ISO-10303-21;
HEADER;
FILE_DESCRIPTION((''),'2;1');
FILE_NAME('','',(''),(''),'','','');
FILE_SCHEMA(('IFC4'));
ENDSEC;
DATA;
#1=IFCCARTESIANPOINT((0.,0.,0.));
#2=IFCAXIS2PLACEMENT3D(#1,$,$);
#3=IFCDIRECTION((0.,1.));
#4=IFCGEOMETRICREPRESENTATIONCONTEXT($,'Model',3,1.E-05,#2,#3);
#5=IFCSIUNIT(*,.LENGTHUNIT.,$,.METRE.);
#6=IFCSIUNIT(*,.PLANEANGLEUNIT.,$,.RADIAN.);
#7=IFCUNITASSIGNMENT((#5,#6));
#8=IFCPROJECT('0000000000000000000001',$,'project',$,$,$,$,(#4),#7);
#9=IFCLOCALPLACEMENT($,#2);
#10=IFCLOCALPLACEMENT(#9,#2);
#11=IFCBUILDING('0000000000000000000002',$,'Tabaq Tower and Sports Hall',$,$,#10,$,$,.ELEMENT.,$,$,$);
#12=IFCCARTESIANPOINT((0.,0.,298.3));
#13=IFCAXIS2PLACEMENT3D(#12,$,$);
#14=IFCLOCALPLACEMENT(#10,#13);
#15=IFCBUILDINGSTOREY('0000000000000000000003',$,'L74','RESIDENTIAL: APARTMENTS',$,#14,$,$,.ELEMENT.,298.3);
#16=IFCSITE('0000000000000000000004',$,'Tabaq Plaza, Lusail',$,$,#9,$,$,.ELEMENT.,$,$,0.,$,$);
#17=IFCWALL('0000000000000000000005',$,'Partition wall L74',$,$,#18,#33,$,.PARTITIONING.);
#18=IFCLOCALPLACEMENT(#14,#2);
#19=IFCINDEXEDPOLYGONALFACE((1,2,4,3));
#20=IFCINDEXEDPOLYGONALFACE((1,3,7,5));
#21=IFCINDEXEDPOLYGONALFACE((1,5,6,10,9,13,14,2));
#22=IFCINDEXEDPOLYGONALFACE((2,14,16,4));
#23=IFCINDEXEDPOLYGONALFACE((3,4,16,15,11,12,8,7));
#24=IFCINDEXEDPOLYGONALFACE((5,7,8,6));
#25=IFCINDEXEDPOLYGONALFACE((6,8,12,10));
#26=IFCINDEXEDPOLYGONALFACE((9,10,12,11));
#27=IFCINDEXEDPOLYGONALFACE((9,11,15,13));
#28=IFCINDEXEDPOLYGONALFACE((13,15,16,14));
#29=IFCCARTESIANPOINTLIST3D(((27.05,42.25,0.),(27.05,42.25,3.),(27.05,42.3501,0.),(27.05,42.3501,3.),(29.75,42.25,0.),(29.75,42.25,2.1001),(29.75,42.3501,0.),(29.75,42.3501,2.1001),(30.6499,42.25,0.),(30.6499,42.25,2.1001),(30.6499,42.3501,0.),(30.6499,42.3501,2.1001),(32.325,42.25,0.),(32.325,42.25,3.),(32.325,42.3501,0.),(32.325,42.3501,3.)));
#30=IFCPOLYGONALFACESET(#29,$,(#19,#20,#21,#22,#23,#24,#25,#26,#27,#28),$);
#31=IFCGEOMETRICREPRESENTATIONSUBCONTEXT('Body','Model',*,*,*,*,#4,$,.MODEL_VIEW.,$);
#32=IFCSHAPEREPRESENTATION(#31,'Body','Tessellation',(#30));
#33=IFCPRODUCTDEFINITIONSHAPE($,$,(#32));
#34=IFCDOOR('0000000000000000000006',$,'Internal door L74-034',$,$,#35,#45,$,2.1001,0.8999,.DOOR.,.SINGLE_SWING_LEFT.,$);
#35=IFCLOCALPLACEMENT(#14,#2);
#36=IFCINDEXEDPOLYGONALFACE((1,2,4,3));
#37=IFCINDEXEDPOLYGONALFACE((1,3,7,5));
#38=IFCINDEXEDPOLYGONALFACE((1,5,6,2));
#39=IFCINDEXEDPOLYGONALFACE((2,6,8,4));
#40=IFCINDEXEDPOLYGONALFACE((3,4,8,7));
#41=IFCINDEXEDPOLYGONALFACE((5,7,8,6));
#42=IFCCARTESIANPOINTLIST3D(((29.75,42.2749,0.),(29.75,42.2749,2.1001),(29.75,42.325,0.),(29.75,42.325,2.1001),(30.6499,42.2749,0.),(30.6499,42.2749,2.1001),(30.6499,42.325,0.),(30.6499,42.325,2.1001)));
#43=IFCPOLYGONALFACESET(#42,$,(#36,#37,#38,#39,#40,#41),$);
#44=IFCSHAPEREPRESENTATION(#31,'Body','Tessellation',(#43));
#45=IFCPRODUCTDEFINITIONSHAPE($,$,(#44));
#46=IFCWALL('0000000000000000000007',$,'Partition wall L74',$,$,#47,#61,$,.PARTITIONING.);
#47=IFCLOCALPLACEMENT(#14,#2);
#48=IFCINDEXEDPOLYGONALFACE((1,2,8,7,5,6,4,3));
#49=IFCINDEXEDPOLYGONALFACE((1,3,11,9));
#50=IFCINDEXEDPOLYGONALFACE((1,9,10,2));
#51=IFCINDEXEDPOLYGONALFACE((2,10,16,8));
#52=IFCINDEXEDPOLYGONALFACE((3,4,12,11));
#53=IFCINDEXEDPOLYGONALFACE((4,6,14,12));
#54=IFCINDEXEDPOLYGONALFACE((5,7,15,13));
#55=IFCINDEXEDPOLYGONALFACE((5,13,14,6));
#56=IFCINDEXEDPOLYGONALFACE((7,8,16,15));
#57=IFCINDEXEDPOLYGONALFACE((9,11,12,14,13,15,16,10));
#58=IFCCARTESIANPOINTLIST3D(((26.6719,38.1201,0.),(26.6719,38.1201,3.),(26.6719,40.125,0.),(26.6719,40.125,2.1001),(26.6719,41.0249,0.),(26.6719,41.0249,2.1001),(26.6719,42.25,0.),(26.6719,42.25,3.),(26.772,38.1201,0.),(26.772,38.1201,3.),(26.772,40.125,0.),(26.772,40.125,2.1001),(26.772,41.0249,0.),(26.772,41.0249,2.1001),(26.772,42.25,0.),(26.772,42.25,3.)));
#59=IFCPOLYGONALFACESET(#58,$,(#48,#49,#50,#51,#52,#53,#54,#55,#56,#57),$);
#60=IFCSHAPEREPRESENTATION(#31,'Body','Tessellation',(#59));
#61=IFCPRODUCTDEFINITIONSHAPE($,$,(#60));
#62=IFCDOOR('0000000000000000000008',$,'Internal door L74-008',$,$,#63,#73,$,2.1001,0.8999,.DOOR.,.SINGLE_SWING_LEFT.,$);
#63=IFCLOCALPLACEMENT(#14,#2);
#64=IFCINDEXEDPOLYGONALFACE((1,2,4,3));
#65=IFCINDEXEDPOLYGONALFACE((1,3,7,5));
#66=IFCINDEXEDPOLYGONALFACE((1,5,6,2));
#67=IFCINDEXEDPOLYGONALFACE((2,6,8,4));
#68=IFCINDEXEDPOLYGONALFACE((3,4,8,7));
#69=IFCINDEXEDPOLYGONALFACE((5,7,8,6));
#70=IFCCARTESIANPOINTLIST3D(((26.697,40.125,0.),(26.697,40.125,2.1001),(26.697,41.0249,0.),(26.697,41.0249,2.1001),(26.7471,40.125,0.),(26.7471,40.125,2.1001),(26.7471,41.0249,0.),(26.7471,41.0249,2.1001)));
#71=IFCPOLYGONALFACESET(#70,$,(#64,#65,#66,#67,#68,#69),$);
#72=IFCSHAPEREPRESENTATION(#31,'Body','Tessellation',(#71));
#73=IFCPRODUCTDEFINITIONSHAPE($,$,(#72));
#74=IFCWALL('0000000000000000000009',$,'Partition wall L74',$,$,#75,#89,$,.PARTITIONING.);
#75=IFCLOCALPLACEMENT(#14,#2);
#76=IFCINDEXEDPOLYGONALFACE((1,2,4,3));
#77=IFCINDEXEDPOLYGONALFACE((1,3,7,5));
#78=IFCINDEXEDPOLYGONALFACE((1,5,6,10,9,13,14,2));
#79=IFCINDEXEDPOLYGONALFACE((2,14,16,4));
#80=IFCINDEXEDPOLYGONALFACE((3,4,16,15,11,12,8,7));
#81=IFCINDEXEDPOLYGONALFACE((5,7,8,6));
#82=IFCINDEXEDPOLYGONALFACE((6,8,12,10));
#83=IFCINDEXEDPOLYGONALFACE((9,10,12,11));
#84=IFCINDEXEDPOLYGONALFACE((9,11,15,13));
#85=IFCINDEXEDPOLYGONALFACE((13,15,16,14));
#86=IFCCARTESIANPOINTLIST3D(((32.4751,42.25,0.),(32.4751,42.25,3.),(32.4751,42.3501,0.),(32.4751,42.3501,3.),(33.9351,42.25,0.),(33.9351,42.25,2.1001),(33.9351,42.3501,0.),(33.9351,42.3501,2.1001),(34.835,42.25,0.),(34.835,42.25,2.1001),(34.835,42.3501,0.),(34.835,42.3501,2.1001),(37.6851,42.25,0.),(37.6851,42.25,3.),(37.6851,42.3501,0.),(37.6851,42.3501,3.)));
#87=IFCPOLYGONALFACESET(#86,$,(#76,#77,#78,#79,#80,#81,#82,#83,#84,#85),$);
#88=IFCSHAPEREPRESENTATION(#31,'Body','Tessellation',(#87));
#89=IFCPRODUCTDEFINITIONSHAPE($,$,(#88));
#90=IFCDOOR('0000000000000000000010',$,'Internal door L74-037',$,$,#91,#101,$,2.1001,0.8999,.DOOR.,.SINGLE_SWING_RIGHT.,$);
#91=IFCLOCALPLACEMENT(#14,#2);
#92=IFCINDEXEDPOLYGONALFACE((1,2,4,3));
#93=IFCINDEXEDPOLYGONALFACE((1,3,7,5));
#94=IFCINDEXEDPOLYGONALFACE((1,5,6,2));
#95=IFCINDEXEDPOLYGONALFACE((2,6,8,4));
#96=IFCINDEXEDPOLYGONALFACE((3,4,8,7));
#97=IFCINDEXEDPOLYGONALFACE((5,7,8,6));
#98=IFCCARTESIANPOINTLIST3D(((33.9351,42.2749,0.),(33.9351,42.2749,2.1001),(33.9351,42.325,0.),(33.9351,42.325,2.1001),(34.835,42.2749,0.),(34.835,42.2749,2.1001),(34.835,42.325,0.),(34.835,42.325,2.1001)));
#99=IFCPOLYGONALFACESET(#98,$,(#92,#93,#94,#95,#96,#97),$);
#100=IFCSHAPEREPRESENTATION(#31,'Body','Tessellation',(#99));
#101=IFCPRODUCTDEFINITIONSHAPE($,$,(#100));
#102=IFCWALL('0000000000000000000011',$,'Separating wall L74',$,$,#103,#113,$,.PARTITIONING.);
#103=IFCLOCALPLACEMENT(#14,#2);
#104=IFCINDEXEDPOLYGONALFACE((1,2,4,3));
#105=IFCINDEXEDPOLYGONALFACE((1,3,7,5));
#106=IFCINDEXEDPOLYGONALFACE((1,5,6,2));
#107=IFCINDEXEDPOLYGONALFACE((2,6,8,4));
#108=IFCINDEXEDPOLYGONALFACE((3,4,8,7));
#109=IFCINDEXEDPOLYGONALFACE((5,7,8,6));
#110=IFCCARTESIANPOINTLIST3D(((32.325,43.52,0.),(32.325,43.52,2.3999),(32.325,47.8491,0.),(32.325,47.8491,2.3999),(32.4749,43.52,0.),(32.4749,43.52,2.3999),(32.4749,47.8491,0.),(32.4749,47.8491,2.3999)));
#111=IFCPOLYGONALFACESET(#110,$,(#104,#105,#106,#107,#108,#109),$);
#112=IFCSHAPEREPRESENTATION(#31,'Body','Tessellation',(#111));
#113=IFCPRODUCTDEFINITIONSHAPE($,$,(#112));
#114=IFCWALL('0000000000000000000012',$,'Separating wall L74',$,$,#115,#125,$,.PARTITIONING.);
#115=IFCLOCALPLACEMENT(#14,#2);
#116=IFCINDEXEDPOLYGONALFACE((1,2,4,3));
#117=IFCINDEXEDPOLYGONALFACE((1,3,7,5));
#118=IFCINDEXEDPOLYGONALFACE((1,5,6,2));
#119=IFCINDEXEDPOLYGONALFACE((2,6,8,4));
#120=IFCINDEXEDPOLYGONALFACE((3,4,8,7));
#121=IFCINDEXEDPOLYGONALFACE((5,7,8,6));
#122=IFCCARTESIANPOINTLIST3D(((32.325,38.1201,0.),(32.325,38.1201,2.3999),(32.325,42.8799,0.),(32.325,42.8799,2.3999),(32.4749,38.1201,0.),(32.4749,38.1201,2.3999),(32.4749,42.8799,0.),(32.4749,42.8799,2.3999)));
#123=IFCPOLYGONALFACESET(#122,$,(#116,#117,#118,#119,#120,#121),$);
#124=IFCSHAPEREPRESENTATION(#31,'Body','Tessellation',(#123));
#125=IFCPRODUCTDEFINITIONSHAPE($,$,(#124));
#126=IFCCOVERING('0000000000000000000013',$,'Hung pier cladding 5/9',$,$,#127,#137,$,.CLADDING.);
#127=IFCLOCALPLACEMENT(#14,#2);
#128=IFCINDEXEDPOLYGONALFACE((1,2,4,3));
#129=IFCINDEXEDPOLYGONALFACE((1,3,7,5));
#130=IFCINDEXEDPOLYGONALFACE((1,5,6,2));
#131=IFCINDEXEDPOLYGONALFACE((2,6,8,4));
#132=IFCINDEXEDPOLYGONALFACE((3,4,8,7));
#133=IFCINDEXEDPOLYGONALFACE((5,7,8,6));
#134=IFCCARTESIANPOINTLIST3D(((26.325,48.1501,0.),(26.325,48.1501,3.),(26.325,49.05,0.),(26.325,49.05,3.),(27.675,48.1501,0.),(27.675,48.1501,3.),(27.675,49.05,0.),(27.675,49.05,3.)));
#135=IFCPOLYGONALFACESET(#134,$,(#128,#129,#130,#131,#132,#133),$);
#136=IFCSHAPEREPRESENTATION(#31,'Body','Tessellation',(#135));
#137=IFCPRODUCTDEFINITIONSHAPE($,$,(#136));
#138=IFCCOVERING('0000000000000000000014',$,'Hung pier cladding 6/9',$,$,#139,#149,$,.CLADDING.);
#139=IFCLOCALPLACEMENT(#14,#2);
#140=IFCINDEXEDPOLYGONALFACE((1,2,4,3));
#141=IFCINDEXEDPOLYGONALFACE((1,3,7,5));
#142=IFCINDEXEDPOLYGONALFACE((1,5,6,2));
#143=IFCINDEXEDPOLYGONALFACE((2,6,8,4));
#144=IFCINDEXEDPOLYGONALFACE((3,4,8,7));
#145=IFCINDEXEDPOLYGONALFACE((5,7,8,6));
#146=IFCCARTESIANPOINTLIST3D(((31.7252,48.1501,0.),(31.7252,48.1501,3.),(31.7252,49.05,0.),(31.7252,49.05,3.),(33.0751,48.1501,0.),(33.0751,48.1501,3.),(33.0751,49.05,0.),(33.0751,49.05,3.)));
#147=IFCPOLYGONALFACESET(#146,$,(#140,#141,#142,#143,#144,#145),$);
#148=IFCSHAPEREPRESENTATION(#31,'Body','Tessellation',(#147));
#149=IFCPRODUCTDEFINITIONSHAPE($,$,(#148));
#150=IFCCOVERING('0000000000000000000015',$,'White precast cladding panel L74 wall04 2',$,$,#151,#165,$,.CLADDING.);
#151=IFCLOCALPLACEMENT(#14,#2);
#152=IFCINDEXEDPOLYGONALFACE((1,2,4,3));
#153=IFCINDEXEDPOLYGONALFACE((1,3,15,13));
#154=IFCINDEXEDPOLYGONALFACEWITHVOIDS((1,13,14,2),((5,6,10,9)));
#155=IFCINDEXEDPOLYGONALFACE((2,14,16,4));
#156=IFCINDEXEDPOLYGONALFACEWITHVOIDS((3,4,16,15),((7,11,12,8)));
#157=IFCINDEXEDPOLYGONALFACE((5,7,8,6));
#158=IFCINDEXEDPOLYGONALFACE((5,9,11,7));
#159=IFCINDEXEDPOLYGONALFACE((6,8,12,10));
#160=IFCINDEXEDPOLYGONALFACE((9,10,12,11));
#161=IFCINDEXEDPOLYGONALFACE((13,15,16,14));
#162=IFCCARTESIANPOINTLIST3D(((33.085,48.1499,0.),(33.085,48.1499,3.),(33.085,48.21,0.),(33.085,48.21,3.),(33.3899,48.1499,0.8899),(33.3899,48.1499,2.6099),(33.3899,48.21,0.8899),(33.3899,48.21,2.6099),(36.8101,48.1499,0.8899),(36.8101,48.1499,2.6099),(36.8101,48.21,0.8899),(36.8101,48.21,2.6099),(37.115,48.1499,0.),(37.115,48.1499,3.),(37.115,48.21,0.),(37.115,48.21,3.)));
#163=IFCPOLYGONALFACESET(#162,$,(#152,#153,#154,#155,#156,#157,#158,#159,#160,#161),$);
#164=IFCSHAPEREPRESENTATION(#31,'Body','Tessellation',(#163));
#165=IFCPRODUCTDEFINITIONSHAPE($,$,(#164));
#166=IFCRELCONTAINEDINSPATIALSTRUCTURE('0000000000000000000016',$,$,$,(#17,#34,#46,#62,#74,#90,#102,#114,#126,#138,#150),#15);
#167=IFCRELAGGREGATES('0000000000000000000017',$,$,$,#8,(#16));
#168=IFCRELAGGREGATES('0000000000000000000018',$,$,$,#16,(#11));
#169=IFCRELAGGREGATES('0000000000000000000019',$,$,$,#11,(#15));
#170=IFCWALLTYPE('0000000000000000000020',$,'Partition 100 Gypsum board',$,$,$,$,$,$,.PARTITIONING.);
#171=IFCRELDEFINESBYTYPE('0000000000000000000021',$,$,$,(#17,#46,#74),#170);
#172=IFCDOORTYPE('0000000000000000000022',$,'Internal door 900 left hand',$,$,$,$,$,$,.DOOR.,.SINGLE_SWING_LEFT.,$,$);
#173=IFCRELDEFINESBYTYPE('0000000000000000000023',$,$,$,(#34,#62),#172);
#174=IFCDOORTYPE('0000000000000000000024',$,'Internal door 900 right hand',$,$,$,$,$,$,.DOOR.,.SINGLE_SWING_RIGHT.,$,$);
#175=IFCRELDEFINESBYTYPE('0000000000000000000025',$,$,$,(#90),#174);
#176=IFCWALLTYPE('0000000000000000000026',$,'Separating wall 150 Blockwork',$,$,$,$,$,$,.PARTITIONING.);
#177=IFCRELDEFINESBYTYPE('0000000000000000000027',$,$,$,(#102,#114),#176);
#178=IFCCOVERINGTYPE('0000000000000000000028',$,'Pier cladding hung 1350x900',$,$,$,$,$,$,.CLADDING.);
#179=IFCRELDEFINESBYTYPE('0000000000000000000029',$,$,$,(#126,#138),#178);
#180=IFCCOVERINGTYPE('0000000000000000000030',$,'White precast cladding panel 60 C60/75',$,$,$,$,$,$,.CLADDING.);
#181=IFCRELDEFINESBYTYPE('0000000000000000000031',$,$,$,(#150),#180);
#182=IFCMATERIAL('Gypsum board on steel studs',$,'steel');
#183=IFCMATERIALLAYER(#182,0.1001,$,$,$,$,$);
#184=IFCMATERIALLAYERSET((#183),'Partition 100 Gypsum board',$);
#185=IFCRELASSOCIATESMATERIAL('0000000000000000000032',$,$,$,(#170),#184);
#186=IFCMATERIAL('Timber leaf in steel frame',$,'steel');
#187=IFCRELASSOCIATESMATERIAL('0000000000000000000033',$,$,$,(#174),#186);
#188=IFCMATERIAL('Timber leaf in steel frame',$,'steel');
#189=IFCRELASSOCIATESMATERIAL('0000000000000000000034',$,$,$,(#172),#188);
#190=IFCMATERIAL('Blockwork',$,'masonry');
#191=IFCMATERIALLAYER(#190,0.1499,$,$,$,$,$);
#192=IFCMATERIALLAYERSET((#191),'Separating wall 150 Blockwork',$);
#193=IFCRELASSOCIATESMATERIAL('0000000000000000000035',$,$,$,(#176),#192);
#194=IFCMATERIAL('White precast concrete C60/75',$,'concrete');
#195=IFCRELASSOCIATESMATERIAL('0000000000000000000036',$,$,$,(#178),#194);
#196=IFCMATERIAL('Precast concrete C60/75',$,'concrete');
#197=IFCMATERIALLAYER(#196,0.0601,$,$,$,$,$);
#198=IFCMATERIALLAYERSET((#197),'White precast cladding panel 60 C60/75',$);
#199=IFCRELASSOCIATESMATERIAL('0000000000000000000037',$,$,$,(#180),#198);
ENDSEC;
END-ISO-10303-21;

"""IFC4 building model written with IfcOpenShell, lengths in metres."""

from ifc_helpers import new_model, si_unit, direction, frame, frame_2d, origin, place, context, subcontext, project, spatial, polyline, rectangle, outline, extrude, material, layer, layer_set, type_object, element, fill, save


model = new_model("IFC4")

# Units and contexts
model_context = context("Model", 3, precision=1e-05, world=origin(), true_north=direction((0.0, 1.0)))
body_context = subcontext(model_context, "Body", "Model", "MODEL_VIEW")
ifc_project = project(units=[si_unit("LENGTHUNIT", "METRE"), si_unit("PLANEANGLEUNIT", "RADIAN")], contexts=[model_context])

# Site, building, storey
site_placement = place(None, origin())
site = spatial("IfcSite", under=ifc_project, at=site_placement, Name="Tabaq Plaza, Lusail", CompositionType="ELEMENT", RefElevation=0.0)
building_placement = place(site_placement, origin())
building = spatial("IfcBuilding", under=site, at=building_placement, Name="Tabaq Tower and Sports Hall", CompositionType="ELEMENT")
storey_placement = place(building_placement, frame((0.0, 0.0, 298.3)))
storey = spatial("IfcBuildingStorey", under=building, at=storey_placement, Name="L74", Description="RESIDENTIAL: APARTMENTS", CompositionType="ELEMENT", Elevation=298.3)

# Shared definitions
ifc_material_1 = material(Name="Gypsum board on steel studs", Category="steel")
ifc_layer_1 = layer(ifc_material_1, 0.1001)
ifc_layer_set_1 = layer_set([ifc_layer_1], Name="Partition 100 Gypsum board")
wall_type_1 = type_object("IfcWallType", Name="Partition 100 Gypsum board", PredefinedType="PARTITIONING", material=ifc_layer_set_1)

# Walls, openings, doors
ifc_material_2 = material(Name="Timber leaf in steel frame", Category="steel")
door_type_1 = type_object("IfcDoorType", Name="Internal door 900 right hand", OperationType="SINGLE_SWING_RIGHT", PredefinedType="DOOR", material=ifc_material_2)
wall_1_placement = place(storey_placement, frame((27.05, 42.3, 0.0), z_axis=(0.0, 0.0, 1.0), x_axis=(1.0, 0.0, 0.0)))
wall_1 = element("IfcWall", 1, at=wall_1_placement, inside=storey, type_object=wall_type_1, Name="Partition wall L74", PredefinedType="PARTITIONING", context=body_context, shape_type="SweptSolid", body=[
    extrude(rectangle(XDim=5.2749, YDim=0.1001, at=frame_2d((2.6375, 0.0))), origin(), (0.0, 0.0, 1.0), 3.0),
])
opening_1_placement = place(wall_1_placement, frame((2.7, 0.0, 0.0)))
opening_1 = element("IfcOpeningElement", 2, at=opening_1_placement, cuts=wall_1, PredefinedType="OPENING", context=body_context, shape_type="SweptSolid", body=[
    extrude(rectangle(XDim=0.8999, YDim=2.1001, at=frame_2d((0.45, 1.05))), frame((0.0, 0.05, 0.0), z_axis=(0.0, -1.0, 0.0), x_axis=(1.0, 0.0, 0.0)), (0.0, 0.0, 1.0), 0.1001),
])
ifc_material_3 = material(Name="Timber leaf in steel frame", Category="steel")
door_type_2 = type_object("IfcDoorType", Name="Internal door 900 left hand", OperationType="SINGLE_SWING_LEFT", PredefinedType="DOOR", material=ifc_material_3)
door_1_placement = place(opening_1_placement, origin())
door_1 = element("IfcDoor", 3, at=door_1_placement, inside=storey, type_object=door_type_2, Name="Internal door L74-034", OperationType="SINGLE_SWING_LEFT", OverallHeight=2.1001, OverallWidth=0.8999, PredefinedType="DOOR", context=body_context, shape_type="SweptSolid", body=[
    extrude(rectangle(XDim=0.8999, YDim=2.1001, at=frame_2d((0.45, 1.05))), frame((0.0, 0.0249, 0.0), z_axis=(0.0, -1.0, 0.0), x_axis=(1.0, 0.0, 0.0)), (0.0, 0.0, 1.0), 0.05),
])
fill(opening_1, door_1)
wall_2_placement = place(storey_placement, frame((26.7219, 38.1201, 0.0), z_axis=(0.0, 0.0, 1.0), x_axis=(0.0, 1.0, 0.0)))
wall_2 = element("IfcWall", 4, at=wall_2_placement, inside=storey, type_object=wall_type_1, Name="Partition wall L74", PredefinedType="PARTITIONING", context=body_context, shape_type="SweptSolid", body=[
    extrude(rectangle(XDim=4.1299, YDim=0.1001, at=frame_2d((2.0649, 0.0))), origin(), (0.0, 0.0, 1.0), 3.0),
])
opening_2_placement = place(wall_2_placement, frame((2.0049, 0.0, 0.0)))
opening_2 = element("IfcOpeningElement", 5, at=opening_2_placement, cuts=wall_2, PredefinedType="OPENING", context=body_context, shape_type="SweptSolid", body=[
    extrude(rectangle(XDim=0.8999, YDim=2.1001, at=frame_2d((0.45, 1.05))), frame((0.0, 0.05, 0.0), z_axis=(0.0, -1.0, 0.0), x_axis=(1.0, 0.0, 0.0)), (0.0, 0.0, 1.0), 0.1001),
])
door_2_placement = place(opening_2_placement, origin())
door_2 = element("IfcDoor", 6, at=door_2_placement, inside=storey, type_object=door_type_2, Name="Internal door L74-008", OperationType="SINGLE_SWING_LEFT", OverallHeight=2.1001, OverallWidth=0.8999, PredefinedType="DOOR", context=body_context, shape_type="SweptSolid", body=[
    extrude(rectangle(XDim=0.8999, YDim=2.1001, at=frame_2d((0.45, 1.05))), frame((0.0, 0.0249, 0.0), z_axis=(0.0, -1.0, 0.0), x_axis=(1.0, 0.0, 0.0)), (0.0, 0.0, 1.0), 0.05),
])
fill(opening_2, door_2)
wall_3_placement = place(storey_placement, frame((32.4751, 42.3, 0.0), z_axis=(0.0, 0.0, 1.0), x_axis=(1.0, 0.0, 0.0)))
wall_3 = element("IfcWall", 7, at=wall_3_placement, inside=storey, type_object=wall_type_1, Name="Partition wall L74", PredefinedType="PARTITIONING", context=body_context, shape_type="SweptSolid", body=[
    extrude(rectangle(XDim=5.21, YDim=0.1001, at=frame_2d((2.605, 0.0))), origin(), (0.0, 0.0, 1.0), 3.0),
])
opening_3_placement = place(wall_3_placement, frame((1.46, 0.0, 0.0)))
opening_3 = element("IfcOpeningElement", 8, at=opening_3_placement, cuts=wall_3, PredefinedType="OPENING", context=body_context, shape_type="SweptSolid", body=[
    extrude(rectangle(XDim=0.8999, YDim=2.1001, at=frame_2d((0.45, 1.05))), frame((0.0, 0.05, 0.0), z_axis=(0.0, -1.0, 0.0), x_axis=(1.0, 0.0, 0.0)), (0.0, 0.0, 1.0), 0.1001),
])
door_3_placement = place(opening_3_placement, origin())
door_3 = element("IfcDoor", 9, at=door_3_placement, inside=storey, type_object=door_type_1, Name="Internal door L74-037", OperationType="SINGLE_SWING_RIGHT", OverallHeight=2.1001, OverallWidth=0.8999, PredefinedType="DOOR", context=body_context, shape_type="SweptSolid", body=[
    extrude(rectangle(XDim=0.8999, YDim=2.1001, at=frame_2d((0.45, 1.05))), frame((0.0, 0.0249, 0.0), z_axis=(0.0, -1.0, 0.0), x_axis=(1.0, 0.0, 0.0)), (0.0, 0.0, 1.0), 0.05),
])
fill(opening_3, door_3)

# Walls
ifc_material_4 = material(Name="Blockwork", Category="masonry")
ifc_layer_2 = layer(ifc_material_4, 0.1499)
ifc_layer_set_2 = layer_set([ifc_layer_2], Name="Separating wall 150 Blockwork")
wall_type_2 = type_object("IfcWallType", Name="Separating wall 150 Blockwork", PredefinedType="PARTITIONING", material=ifc_layer_set_2)
wall_4_placement = place(storey_placement, frame((32.3999, 43.52, 0.0), z_axis=(0.0, 0.0, 1.0), x_axis=(0.0, 1.0, 0.0)))
element("IfcWall", 10, at=wall_4_placement, inside=storey, type_object=wall_type_2, Name="Separating wall L74", PredefinedType="PARTITIONING", context=body_context, shape_type="SweptSolid", body=[
    extrude(rectangle(XDim=4.3291, YDim=0.1499, at=frame_2d((2.1646, 0.0))), origin(), (0.0, 0.0, 1.0), 2.3999),
])
wall_5_placement = place(storey_placement, frame((32.3999, 38.1201, 0.0), z_axis=(0.0, 0.0, 1.0), x_axis=(0.0, 1.0, 0.0)))
element("IfcWall", 11, at=wall_5_placement, inside=storey, type_object=wall_type_2, Name="Separating wall L74", PredefinedType="PARTITIONING", context=body_context, shape_type="SweptSolid", body=[
    extrude(rectangle(XDim=4.7598, YDim=0.1499, at=frame_2d((2.3799, 0.0))), origin(), (0.0, 0.0, 1.0), 2.3999),
])

# Coverings
ifc_material_5 = material(Name="White precast concrete C60/75", Category="concrete")
covering_type_1 = type_object("IfcCoveringType", Name="Pier cladding hung 1350x900", PredefinedType="CLADDING", material=ifc_material_5)
covering_1_placement = place(storey_placement, frame((27.675, 48.6001, 0.0), z_axis=(0.0, 0.0, 1.0), x_axis=(-1.0, 0.0, 0.0)))
element("IfcCovering", 12, at=covering_1_placement, inside=storey, type_object=covering_type_1, Name="Hung pier cladding 5/9", PredefinedType="CLADDING", context=body_context, shape_type="SweptSolid", body=[
    extrude(rectangle(XDim=1.3501, YDim=0.8999, at=frame_2d((0.675, 0.0))), origin(), (0.0, 0.0, 1.0), 3.0),
])
covering_2_placement = place(storey_placement, frame((33.075, 48.6001, 0.0), z_axis=(0.0, 0.0, 1.0), x_axis=(-1.0, 0.0, 0.0)))
element("IfcCovering", 13, at=covering_2_placement, inside=storey, type_object=covering_type_1, Name="Hung pier cladding 6/9", PredefinedType="CLADDING", context=body_context, shape_type="SweptSolid", body=[
    extrude(rectangle(XDim=1.3499, YDim=0.8999, at=frame_2d((0.6748, 0.0))), origin(), (0.0, 0.0, 1.0), 3.0),
])
ifc_material_6 = material(Name="Precast concrete C60/75", Category="concrete")
ifc_layer_3 = layer(ifc_material_6, 0.0601)
ifc_layer_set_3 = layer_set([ifc_layer_3], Name="White precast cladding panel 60 C60/75")
covering_type_2 = type_object("IfcCoveringType", Name="White precast cladding panel 60 C60/75", PredefinedType="CLADDING", material=ifc_layer_set_3)
covering_3_placement = place(storey_placement, frame((37.115, 48.1799, 0.0), z_axis=(0.0, 0.0, 1.0), x_axis=(-1.0, 0.0, 0.0)))
element("IfcCovering", 14, at=covering_3_placement, inside=storey, type_object=covering_type_2, Name="White precast cladding panel L74 wall04 2", PredefinedType="CLADDING", context=body_context, shape_type="SweptSolid", body=[
    extrude(outline(polyline([(0.0, 0.0), (4.03, 0.0), (4.03, 3.0), (0.0, 3.0), (0.0, 0.0)]), holes=[polyline([(0.3049, 0.8899), (0.3049, 2.6099), (3.7251, 2.6099), (3.7251, 0.8899), (0.3049, 0.8899)])]), frame((0.0, 0.03, 0.0), z_axis=(0.0, -1.0, 0.0), x_axis=(1.0, 0.0, 0.0)), (0.0, 0.0, 1.0), 0.0601),
])

save(model, "model.ifc")
